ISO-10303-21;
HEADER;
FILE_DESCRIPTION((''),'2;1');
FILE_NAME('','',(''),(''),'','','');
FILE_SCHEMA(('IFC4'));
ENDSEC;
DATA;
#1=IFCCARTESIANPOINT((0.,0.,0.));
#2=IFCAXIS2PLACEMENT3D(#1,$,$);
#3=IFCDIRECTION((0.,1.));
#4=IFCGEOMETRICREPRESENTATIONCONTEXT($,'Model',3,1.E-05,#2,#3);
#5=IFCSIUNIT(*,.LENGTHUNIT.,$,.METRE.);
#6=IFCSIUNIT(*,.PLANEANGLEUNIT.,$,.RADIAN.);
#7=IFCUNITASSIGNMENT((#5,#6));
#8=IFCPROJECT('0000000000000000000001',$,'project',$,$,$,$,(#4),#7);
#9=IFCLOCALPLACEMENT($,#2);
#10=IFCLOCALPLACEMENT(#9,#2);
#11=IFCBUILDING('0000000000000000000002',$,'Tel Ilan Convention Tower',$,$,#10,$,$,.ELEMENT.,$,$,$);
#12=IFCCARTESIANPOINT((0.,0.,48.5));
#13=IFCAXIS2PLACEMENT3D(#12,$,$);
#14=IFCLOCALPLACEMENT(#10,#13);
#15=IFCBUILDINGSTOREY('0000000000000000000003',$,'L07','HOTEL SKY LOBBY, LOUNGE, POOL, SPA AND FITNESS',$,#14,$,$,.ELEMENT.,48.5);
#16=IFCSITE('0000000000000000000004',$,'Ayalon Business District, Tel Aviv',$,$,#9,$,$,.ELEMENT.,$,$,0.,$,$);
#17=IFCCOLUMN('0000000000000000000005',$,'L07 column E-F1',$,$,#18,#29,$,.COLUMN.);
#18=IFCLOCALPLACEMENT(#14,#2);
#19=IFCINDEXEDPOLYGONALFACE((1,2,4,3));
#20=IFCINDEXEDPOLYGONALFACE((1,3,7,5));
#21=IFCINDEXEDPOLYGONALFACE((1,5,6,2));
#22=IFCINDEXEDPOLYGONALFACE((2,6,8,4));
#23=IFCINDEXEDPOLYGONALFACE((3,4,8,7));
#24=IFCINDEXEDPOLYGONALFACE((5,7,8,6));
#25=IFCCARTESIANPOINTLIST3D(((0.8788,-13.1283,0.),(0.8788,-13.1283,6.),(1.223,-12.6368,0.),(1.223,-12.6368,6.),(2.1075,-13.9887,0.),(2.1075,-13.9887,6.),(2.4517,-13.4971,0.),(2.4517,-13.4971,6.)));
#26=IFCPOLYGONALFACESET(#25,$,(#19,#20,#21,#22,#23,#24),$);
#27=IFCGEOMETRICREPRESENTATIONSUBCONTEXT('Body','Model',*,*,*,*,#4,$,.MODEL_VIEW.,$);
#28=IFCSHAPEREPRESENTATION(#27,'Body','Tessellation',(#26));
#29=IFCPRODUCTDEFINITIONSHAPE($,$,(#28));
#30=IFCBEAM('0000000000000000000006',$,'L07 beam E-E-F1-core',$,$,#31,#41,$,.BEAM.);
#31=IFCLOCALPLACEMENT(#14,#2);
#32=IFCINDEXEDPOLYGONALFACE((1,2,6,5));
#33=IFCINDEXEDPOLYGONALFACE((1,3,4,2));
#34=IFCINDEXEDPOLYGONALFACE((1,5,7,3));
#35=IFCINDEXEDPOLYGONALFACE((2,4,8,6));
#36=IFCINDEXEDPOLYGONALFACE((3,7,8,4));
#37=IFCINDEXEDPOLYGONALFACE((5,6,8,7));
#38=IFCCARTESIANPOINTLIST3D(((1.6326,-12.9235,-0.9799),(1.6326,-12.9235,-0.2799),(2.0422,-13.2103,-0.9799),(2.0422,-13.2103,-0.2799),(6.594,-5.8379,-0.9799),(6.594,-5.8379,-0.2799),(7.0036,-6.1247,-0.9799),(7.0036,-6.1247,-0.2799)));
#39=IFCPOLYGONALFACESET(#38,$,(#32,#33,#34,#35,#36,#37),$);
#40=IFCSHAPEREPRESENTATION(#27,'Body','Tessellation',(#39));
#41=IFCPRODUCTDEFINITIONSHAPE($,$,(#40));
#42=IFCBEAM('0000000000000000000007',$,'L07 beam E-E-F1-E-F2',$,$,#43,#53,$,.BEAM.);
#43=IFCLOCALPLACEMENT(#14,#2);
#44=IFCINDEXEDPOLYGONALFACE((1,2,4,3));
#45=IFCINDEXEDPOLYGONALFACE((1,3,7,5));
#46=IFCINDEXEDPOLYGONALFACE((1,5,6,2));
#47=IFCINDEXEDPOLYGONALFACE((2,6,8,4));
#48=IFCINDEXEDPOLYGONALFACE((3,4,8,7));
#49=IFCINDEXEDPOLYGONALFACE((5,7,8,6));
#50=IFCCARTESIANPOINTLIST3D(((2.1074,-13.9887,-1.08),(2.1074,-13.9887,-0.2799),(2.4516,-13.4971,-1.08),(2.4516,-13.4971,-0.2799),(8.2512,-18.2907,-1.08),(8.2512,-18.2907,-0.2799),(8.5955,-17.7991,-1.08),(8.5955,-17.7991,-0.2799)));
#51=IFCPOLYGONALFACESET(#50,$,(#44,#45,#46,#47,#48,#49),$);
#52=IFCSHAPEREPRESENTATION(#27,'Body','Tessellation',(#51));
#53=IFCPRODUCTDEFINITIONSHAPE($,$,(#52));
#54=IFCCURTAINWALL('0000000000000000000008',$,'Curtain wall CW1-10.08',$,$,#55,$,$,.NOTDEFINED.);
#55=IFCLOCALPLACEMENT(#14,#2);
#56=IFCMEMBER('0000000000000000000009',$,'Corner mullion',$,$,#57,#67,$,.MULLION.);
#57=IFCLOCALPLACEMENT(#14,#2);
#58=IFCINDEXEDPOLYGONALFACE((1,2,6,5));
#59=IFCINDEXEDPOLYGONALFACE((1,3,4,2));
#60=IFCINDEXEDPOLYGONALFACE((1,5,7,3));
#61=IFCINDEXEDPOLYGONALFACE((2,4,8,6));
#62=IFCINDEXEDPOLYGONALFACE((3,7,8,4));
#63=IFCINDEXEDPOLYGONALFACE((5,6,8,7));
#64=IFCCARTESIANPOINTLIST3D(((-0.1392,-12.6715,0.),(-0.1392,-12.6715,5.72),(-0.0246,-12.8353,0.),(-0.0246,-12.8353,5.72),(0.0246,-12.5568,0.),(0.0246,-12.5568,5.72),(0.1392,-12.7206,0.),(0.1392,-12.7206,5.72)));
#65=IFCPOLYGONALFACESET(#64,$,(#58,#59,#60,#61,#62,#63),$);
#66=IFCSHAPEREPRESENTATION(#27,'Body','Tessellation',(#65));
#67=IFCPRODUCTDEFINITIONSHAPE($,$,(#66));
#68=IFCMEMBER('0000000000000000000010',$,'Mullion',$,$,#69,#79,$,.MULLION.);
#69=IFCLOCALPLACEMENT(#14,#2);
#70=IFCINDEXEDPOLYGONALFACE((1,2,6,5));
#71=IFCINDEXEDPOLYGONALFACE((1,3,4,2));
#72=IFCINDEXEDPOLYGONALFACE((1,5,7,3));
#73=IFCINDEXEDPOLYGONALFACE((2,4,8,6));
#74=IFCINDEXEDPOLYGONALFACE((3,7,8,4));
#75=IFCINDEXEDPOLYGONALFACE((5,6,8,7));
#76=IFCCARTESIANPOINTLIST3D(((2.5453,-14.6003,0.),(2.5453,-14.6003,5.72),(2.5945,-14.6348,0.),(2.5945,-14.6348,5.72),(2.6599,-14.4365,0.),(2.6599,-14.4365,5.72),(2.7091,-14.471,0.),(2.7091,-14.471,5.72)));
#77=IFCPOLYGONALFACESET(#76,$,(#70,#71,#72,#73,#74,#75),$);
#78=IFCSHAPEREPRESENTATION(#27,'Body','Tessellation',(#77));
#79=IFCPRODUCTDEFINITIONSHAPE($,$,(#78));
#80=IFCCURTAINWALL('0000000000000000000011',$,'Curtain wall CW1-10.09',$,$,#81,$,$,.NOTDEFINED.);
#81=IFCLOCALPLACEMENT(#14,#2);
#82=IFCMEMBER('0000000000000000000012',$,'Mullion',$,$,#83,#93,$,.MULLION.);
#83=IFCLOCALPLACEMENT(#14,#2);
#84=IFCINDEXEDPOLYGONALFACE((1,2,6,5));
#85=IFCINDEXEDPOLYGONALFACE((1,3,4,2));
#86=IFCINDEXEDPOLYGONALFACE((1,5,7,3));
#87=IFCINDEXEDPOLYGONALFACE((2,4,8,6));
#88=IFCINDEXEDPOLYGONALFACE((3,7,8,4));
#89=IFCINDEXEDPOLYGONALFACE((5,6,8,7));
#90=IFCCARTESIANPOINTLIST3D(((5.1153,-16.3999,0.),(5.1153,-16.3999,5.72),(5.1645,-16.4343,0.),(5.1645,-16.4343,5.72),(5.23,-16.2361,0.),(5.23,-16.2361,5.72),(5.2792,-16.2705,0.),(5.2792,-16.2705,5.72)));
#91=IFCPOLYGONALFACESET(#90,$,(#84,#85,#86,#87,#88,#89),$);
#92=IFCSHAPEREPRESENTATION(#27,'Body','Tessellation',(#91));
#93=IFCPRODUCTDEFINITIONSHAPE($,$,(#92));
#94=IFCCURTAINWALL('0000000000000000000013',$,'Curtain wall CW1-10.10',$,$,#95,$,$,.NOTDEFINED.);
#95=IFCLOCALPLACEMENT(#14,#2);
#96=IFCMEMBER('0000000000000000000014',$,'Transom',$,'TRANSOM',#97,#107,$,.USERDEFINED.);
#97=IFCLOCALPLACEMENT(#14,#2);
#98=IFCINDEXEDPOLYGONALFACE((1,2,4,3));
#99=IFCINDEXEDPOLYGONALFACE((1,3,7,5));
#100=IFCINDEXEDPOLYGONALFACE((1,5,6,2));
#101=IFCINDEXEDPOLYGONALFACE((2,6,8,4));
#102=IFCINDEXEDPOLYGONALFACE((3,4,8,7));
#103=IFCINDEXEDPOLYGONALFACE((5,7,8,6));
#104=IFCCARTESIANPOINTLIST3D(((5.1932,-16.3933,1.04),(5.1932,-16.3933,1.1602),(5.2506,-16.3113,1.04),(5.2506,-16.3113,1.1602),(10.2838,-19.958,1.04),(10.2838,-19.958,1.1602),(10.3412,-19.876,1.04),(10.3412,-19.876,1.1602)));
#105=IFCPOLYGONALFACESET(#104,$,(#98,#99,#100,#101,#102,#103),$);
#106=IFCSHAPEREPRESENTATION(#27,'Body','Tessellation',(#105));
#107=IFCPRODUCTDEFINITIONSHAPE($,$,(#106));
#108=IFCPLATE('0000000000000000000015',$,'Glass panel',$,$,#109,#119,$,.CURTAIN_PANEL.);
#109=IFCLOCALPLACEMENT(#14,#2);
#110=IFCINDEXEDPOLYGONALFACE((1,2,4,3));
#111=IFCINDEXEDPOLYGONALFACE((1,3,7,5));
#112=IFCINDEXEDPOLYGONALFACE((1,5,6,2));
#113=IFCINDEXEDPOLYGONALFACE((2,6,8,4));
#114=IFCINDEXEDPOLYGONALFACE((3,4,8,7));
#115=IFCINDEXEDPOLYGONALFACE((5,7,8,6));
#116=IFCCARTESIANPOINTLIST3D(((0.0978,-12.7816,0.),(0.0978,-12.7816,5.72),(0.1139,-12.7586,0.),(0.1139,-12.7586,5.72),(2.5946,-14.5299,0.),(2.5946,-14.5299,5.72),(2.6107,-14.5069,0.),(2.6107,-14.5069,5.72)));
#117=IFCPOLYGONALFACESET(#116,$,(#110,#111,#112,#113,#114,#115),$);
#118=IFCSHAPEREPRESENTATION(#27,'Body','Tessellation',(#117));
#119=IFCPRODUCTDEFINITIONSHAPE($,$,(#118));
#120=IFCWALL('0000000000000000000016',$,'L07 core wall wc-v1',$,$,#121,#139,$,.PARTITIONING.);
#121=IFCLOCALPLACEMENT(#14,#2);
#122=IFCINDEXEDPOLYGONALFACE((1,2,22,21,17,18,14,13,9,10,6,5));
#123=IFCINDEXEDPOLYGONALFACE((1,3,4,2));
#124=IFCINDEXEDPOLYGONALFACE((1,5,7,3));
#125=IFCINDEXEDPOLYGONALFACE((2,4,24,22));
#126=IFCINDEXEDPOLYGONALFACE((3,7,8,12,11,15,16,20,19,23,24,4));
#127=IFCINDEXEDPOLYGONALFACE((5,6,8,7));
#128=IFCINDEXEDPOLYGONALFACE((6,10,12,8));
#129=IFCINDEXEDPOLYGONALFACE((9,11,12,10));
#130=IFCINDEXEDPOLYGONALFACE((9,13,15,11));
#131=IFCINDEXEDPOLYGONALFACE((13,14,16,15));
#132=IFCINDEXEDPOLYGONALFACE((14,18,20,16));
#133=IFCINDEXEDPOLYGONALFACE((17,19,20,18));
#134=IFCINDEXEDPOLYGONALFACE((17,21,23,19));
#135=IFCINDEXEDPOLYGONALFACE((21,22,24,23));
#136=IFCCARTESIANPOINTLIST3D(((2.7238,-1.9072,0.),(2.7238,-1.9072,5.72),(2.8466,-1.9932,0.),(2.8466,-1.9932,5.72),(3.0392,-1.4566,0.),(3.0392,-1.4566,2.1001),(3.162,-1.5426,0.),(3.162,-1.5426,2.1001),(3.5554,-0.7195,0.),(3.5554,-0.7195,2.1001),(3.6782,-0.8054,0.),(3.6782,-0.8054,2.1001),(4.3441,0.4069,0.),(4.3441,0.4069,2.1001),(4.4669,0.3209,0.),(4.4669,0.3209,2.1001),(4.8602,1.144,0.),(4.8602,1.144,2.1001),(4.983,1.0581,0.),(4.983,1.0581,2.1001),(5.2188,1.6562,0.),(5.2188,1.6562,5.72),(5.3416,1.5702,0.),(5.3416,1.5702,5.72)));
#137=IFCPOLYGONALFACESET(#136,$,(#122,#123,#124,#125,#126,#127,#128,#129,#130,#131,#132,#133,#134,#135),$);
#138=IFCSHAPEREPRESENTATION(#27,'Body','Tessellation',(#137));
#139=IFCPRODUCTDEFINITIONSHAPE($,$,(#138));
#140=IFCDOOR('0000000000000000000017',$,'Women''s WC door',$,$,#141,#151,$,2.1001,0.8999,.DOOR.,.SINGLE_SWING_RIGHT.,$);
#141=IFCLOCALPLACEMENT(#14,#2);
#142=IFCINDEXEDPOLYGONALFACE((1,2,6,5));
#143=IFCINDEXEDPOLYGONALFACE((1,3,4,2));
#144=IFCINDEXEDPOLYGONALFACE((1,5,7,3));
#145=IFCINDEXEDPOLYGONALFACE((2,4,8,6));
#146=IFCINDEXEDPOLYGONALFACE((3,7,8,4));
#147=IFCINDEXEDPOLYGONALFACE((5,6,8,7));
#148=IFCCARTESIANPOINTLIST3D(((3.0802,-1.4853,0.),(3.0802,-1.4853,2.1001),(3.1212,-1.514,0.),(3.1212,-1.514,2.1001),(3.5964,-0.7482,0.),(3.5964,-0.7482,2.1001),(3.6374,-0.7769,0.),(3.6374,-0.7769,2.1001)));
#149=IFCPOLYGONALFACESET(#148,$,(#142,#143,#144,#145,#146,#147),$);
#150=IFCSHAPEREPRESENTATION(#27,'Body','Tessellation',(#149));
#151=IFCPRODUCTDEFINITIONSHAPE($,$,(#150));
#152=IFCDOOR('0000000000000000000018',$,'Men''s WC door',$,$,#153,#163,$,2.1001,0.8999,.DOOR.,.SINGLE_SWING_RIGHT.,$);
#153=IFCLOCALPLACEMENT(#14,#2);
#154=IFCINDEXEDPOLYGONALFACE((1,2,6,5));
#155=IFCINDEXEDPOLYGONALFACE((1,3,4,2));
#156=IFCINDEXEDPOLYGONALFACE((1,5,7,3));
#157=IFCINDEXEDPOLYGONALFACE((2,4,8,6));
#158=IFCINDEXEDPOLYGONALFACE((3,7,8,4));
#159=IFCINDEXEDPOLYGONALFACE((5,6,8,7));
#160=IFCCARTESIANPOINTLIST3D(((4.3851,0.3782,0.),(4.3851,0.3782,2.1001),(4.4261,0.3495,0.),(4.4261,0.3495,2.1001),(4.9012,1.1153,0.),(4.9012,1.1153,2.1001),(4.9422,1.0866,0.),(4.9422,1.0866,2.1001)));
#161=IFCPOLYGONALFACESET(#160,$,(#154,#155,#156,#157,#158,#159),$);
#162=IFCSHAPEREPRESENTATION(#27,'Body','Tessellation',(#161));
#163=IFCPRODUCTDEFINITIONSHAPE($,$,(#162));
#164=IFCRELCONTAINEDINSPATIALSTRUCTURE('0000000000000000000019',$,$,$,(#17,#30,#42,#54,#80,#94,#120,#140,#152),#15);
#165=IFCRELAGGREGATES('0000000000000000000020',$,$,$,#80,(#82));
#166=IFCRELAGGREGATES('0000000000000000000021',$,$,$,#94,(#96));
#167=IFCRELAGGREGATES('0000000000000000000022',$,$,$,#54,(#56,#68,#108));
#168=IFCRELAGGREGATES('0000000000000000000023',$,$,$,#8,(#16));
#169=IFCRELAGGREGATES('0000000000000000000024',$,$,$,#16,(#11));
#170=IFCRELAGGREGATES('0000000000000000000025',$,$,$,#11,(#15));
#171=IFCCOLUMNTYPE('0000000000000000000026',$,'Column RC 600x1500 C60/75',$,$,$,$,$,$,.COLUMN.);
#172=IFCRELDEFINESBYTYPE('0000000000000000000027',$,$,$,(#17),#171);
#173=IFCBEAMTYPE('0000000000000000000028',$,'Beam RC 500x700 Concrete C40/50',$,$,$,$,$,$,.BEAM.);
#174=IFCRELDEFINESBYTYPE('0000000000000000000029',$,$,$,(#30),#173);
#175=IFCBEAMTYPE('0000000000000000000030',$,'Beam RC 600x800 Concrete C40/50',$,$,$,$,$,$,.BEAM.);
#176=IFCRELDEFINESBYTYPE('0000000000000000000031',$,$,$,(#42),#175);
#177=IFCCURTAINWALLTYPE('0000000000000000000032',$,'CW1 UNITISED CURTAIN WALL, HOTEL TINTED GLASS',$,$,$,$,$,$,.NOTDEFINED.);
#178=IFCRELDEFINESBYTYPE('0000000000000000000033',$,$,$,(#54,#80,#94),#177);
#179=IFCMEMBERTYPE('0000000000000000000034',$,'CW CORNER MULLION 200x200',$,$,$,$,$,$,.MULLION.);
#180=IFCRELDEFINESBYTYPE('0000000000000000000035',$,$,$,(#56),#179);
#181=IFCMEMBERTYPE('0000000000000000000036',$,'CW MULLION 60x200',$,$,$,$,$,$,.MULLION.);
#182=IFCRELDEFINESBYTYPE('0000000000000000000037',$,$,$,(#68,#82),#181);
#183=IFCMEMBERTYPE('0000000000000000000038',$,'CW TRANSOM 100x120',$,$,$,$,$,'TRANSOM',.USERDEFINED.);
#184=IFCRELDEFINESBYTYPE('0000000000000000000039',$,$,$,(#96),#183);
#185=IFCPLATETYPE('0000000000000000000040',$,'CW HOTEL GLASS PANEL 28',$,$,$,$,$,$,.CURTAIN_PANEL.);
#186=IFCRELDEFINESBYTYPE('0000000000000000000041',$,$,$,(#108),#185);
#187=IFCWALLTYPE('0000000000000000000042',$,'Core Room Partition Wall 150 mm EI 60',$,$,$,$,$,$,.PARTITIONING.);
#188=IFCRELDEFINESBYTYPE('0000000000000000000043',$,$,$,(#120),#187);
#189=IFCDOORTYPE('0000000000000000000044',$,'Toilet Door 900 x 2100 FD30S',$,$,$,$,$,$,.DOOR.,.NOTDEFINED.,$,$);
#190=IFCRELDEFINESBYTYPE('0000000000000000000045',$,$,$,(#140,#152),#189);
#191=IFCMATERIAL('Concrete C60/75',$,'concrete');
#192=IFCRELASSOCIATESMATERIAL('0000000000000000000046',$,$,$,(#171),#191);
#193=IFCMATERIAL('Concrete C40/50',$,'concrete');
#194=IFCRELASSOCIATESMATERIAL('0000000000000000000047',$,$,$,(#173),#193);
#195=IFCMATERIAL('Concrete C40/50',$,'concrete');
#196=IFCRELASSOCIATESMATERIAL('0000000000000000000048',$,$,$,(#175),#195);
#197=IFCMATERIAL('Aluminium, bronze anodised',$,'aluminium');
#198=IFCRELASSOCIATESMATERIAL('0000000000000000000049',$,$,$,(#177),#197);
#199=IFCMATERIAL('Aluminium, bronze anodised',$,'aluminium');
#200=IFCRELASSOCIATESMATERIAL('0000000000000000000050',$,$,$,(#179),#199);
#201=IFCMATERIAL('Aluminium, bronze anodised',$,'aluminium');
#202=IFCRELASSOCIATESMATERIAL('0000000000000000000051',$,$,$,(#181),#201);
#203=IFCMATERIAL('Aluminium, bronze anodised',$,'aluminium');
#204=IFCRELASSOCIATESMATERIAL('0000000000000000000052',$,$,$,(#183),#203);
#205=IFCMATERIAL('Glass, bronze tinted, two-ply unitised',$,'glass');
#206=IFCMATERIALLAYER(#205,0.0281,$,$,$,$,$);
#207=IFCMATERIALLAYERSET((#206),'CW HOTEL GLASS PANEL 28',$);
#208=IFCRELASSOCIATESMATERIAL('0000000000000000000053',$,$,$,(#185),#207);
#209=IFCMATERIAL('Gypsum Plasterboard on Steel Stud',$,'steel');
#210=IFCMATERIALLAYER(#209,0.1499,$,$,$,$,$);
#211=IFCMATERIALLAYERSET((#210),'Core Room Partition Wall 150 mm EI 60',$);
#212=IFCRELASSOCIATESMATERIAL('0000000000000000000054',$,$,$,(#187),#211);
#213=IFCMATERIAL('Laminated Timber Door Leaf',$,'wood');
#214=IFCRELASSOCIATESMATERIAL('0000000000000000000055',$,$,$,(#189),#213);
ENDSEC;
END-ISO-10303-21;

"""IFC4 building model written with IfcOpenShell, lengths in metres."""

from ifc_helpers import new_model, si_unit, direction, frame, frame_2d, origin, origin_2d, place, context, subcontext, project, spatial, rectangle, extrude, material, layer, layer_set, material_profile, profile_set, type_object, element, fill, aggregate, save


model = new_model("IFC4")

# Units and contexts
model_context = context("Model", 3, precision=1e-05, world=origin(), true_north=direction((0.0, 1.0)))
body_context = subcontext(model_context, "Body", "Model", "MODEL_VIEW")
ifc_project = project(units=[si_unit("LENGTHUNIT", "METRE"), si_unit("PLANEANGLEUNIT", "RADIAN")], contexts=[model_context])

# Site, building, storey
site_placement = place(None, origin())
site = spatial("IfcSite", under=ifc_project, at=site_placement, Name="Ayalon Business District, Tel Aviv", CompositionType="ELEMENT", RefElevation=0.0)
building_placement = place(site_placement, origin())
building = spatial("IfcBuilding", under=site, at=building_placement, Name="Tel Ilan Convention Tower", CompositionType="ELEMENT")
storey_placement = place(building_placement, frame((0.0, 0.0, 48.5)))
storey = spatial("IfcBuildingStorey", under=building, at=storey_placement, Name="L07", Description="HOTEL SKY LOBBY, LOUNGE, POOL, SPA AND FITNESS", CompositionType="ELEMENT", Elevation=48.5)

# Column
ifc_material_1 = material(Name="Concrete C60/75", Category="concrete")
ifc_material_profile_1 = material_profile(ifc_material_1, rectangle(XDim=1.5, YDim=0.6001, at=origin_2d()), Name="RC 600x1500")
ifc_profile_set_1 = profile_set([ifc_material_profile_1], Name="Concrete C60/75")
column_type = type_object("IfcColumnType", Name="Column RC 600x1500 C60/75", PredefinedType="COLUMN", material=ifc_profile_set_1)
column_placement = place(storey_placement, frame((1.6653, -13.3127, 0.0), z_axis=(0.0, 0.0, 1.0), x_axis=(0.819152, -0.573576, 0.0)))
element("IfcColumn", 1, at=column_placement, inside=storey, type_object=column_type, Name="L07 column E-F1", PredefinedType="COLUMN", context=body_context, shape_type="SweptSolid", body=[
    extrude(rectangle(XDim=1.5, YDim=0.6001, at=origin_2d()), origin(), (0.0, 0.0, 1.0), 6.0),
])

# Beams
ifc_material_2 = material(Name="Concrete C40/50", Category="concrete")
ifc_material_profile_2 = material_profile(ifc_material_2, rectangle(XDim=0.5, YDim=0.7, at=origin_2d()), Name="RC 500x700")
ifc_profile_set_2 = profile_set([ifc_material_profile_2], Name="Concrete C40/50")
beam_type_1 = type_object("IfcBeamType", Name="Beam RC 500x700 Concrete C40/50", PredefinedType="BEAM", material=ifc_profile_set_2)
beam_1_placement = place(storey_placement, frame((1.8374, -13.0669, -0.6299), z_axis=(0.573574, 0.819154, 0.0), x_axis=(-0.819154, 0.573574, 0.0)))
element("IfcBeam", 2, at=beam_1_placement, inside=storey, type_object=beam_type_1, Name="L07 beam E-E-F1-core", PredefinedType="BEAM", context=body_context, shape_type="SweptSolid", body=[
    extrude(rectangle(XDim=0.5, YDim=0.7, at=origin_2d()), origin(), (0.0, 0.0, 1.0), 8.6499),
])
ifc_material_3 = material(Name="Concrete C40/50", Category="concrete")
ifc_material_profile_3 = material_profile(ifc_material_3, rectangle(XDim=0.6001, YDim=0.8, at=origin_2d()), Name="RC 600x800")
ifc_profile_set_3 = profile_set([ifc_material_profile_3], Name="Concrete C40/50")
beam_type_2 = type_object("IfcBeamType", Name="Beam RC 600x800 Concrete C40/50", PredefinedType="BEAM", material=ifc_profile_set_3)
beam_2_placement = place(storey_placement, frame((2.2795, -13.7429, -0.6799), z_axis=(0.819148, -0.573582, 0.0), x_axis=(0.573582, 0.819148, 0.0)))
element("IfcBeam", 3, at=beam_2_placement, inside=storey, type_object=beam_type_2, Name="L07 beam E-E-F1-E-F2", PredefinedType="BEAM", context=body_context, shape_type="SweptSolid", body=[
    extrude(rectangle(XDim=0.6001, YDim=0.8, at=origin_2d()), origin(), (0.0, 0.0, 1.0), 7.5002),
])

# Curtain wall, members
ifc_material_4 = material(Name="Aluminium, bronze anodised", Category="aluminium")
curtain_wall_type = type_object("IfcCurtainWallType", Name="CW1 UNITISED CURTAIN WALL, HOTEL TINTED GLASS", PredefinedType="NOTDEFINED", material=ifc_material_4)
curtain_wall_1_placement = place(storey_placement, origin())
curtain_wall_1 = element("IfcCurtainWall", 4, at=curtain_wall_1_placement, inside=storey, type_object=curtain_wall_type, Name="Curtain wall CW1-10.08", PredefinedType="NOTDEFINED")
ifc_material_5 = material(Name="Aluminium, bronze anodised", Category="aluminium")
ifc_material_profile_4 = material_profile(ifc_material_5, rectangle(XDim=0.2, YDim=0.2, at=origin_2d()), Name="CW CORNER MULLION 200x200")
ifc_profile_set_4 = profile_set([ifc_material_profile_4], Name="Aluminium, bronze anodised")
member_type_1 = type_object("IfcMemberType", Name="CW CORNER MULLION 200x200", PredefinedType="MULLION", material=ifc_profile_set_4)
member_1_placement = place(storey_placement, frame((0.0, -12.696, 0.0), z_axis=(0.0, 0.0, 1.0), x_axis=(0.819152, 0.573576, 0.0)))
member_1 = element("IfcMember", 5, at=member_1_placement, type_object=member_type_1, Name="Corner mullion", PredefinedType="MULLION", context=body_context, shape_type="SweptSolid", body=[
    extrude(rectangle(XDim=0.2, YDim=0.2, at=origin_2d()), origin(), (0.0, 0.0, 1.0), 5.72),
])
ifc_material_6 = material(Name="Aluminium, bronze anodised", Category="aluminium")
ifc_material_profile_5 = material_profile(ifc_material_6, rectangle(XDim=0.0601, YDim=0.2, at=origin_2d()), Name="CW MULLION 60x200")
ifc_profile_set_5 = profile_set([ifc_material_profile_5], Name="Aluminium, bronze anodised")
member_type_2 = type_object("IfcMemberType", Name="CW MULLION 60x200", PredefinedType="MULLION", material=ifc_profile_set_5)
member_2_placement = place(storey_placement, frame((2.6272, -14.5356, 0.0), z_axis=(0.0, 0.0, 1.0), x_axis=(0.819152, -0.573576, 0.0)))
member_2 = element("IfcMember", 6, at=member_2_placement, type_object=member_type_2, Name="Mullion", PredefinedType="MULLION", context=body_context, shape_type="SweptSolid", body=[
    extrude(rectangle(XDim=0.0601, YDim=0.2, at=origin_2d()), origin(), (0.0, 0.0, 1.0), 5.72),
])

# Curtain walls, members
curtain_wall_2_placement = place(storey_placement, origin())
curtain_wall_2 = element("IfcCurtainWall", 7, at=curtain_wall_2_placement, inside=storey, type_object=curtain_wall_type, Name="Curtain wall CW1-10.09", PredefinedType="NOTDEFINED")
member_3_placement = place(storey_placement, frame((5.1973, -16.3352, 0.0), z_axis=(0.0, 0.0, 1.0), x_axis=(0.819152, -0.573576, 0.0)))
member_3 = element("IfcMember", 8, at=member_3_placement, type_object=member_type_2, Name="Mullion", PredefinedType="MULLION", context=body_context, shape_type="SweptSolid", body=[
    extrude(rectangle(XDim=0.0601, YDim=0.2, at=origin_2d()), origin(), (0.0, 0.0, 1.0), 5.72),
])
aggregate(curtain_wall_2, [member_3])
curtain_wall_3_placement = place(storey_placement, origin())
curtain_wall_3 = element("IfcCurtainWall", 9, at=curtain_wall_3_placement, inside=storey, type_object=curtain_wall_type, Name="Curtain wall CW1-10.10", PredefinedType="NOTDEFINED")
ifc_material_7 = material(Name="Aluminium, bronze anodised", Category="aluminium")
ifc_material_profile_6 = material_profile(ifc_material_7, rectangle(XDim=0.1001, YDim=0.1201, at=origin_2d()), Name="CW TRANSOM 100x120")
ifc_profile_set_6 = profile_set([ifc_material_profile_6], Name="Aluminium, bronze anodised")
member_type_3 = type_object("IfcMemberType", Name="CW TRANSOM 100x120", ElementType="TRANSOM", PredefinedType="USERDEFINED", material=ifc_profile_set_6)
member_4_placement = place(storey_placement, frame((5.2219, -16.3523, 1.1001), z_axis=(0.819134, -0.573602, 0.0), x_axis=(0.573602, 0.819134, 0.0)))
member_4 = element("IfcMember", 10, at=member_4_placement, type_object=member_type_3, Name="Transom", ObjectType="TRANSOM", PredefinedType="USERDEFINED", context=body_context, shape_type="SweptSolid", body=[
    extrude(rectangle(XDim=0.1001, YDim=0.1201, at=origin_2d()), origin(), (0.0, 0.0, 1.0), 6.2146),
])
aggregate(curtain_wall_3, [member_4])

# Plate
ifc_material_8 = material(Name="Glass, bronze tinted, two-ply unitised", Category="glass")
ifc_layer_1 = layer(ifc_material_8, 0.0281)
ifc_layer_set_1 = layer_set([ifc_layer_1], Name="CW HOTEL GLASS PANEL 28")
plate_type = type_object("IfcPlateType", Name="CW HOTEL GLASS PANEL 28", PredefinedType="CURTAIN_PANEL", material=ifc_layer_set_1)
plate_placement = place(storey_placement, frame((1.3542, -13.6443, 0.0), z_axis=(0.0, 0.0, 1.0), x_axis=(0.819152, -0.573576, 0.0)))
plate = element("IfcPlate", 11, at=plate_placement, type_object=plate_type, Name="Glass panel", PredefinedType="CURTAIN_PANEL", context=body_context, shape_type="SweptSolid", body=[
    extrude(rectangle(XDim=3.0481, YDim=0.0281, at=origin_2d()), origin(), (0.0, 0.0, 1.0), 5.72),
])
aggregate(curtain_wall_1, [member_1, member_2, plate])

# Wall, openings, doors
ifc_material_9 = material(Name="Gypsum Plasterboard on Steel Stud", Category="steel")
ifc_layer_2 = layer(ifc_material_9, 0.1499)
ifc_layer_set_2 = layer_set([ifc_layer_2], Name="Core Room Partition Wall 150 mm EI 60")
wall_type_1 = type_object("IfcWallType", Name="Core Room Partition Wall 150 mm EI 60", PredefinedType="PARTITIONING", material=ifc_layer_set_2)
wall_1_placement = place(storey_placement, frame((2.7852, -1.9502, 0.0), z_axis=(0.0, 0.0, 1.0), x_axis=(0.573568, 0.819158, 0.0)))
wall_1 = element("IfcWall", 12, at=wall_1_placement, inside=storey, type_object=wall_type_1, Name="L07 core wall wc-v1", PredefinedType="PARTITIONING", context=body_context, shape_type="SweptSolid", body=[
    extrude(rectangle(XDim=4.3501, YDim=0.1499, at=frame_2d((2.175, 0.0))), origin(), (0.0, 0.0, 1.0), 5.72),
])
opening_1_placement = place(wall_1_placement, frame((0.55, 0.0, 0.0)))
opening_1 = element("IfcOpeningElement", 13, at=opening_1_placement, cuts=wall_1, PredefinedType="OPENING", context=body_context, shape_type="SweptSolid", body=[
    extrude(rectangle(XDim=0.8999, YDim=2.1001, at=frame_2d((0.45, 1.05))), frame((0.0, 0.085, 0.0), z_axis=(0.0, -1.0, 0.0), x_axis=(1.0, 0.0, 0.0)), (0.0, 0.0, 1.0), 0.1699),
])
opening_2_placement = place(wall_1_placement, frame((2.825, 0.0, 0.0)))
opening_2 = element("IfcOpeningElement", 14, at=opening_2_placement, cuts=wall_1, PredefinedType="OPENING", context=body_context, shape_type="SweptSolid", body=[
    extrude(rectangle(XDim=0.8999, YDim=2.1001, at=frame_2d((0.45, 1.05))), frame((0.0, 0.085, 0.0), z_axis=(0.0, -1.0, 0.0), x_axis=(1.0, 0.0, 0.0)), (0.0, 0.0, 1.0), 0.1699),
])
ifc_material_10 = material(Name="Laminated Timber Door Leaf", Category="wood")
door_type_1 = type_object("IfcDoorType", Name="Toilet Door 900 x 2100 FD30S", OperationType="NOTDEFINED", PredefinedType="DOOR", material=ifc_material_10)
door_1_placement = place(opening_1_placement, origin())
door_1 = element("IfcDoor", 15, at=door_1_placement, inside=storey, type_object=door_type_1, Name="Women's WC door", OperationType="SINGLE_SWING_RIGHT", OverallHeight=2.1001, OverallWidth=0.8999, PredefinedType="DOOR", context=body_context, shape_type="SweptSolid", body=[
    extrude(rectangle(XDim=0.8999, YDim=2.1001, at=frame_2d((0.45, 1.05))), frame((0.0, 0.0249, 0.0), z_axis=(0.0, -1.0, 0.0), x_axis=(1.0, 0.0, 0.0)), (0.0, 0.0, 1.0), 0.05),
])
fill(opening_1, door_1)
door_2_placement = place(opening_2_placement, origin())
door_2 = element("IfcDoor", 16, at=door_2_placement, inside=storey, type_object=door_type_1, Name="Men's WC door", OperationType="SINGLE_SWING_RIGHT", OverallHeight=2.1001, OverallWidth=0.8999, PredefinedType="DOOR", context=body_context, shape_type="SweptSolid", body=[
    extrude(rectangle(XDim=0.8999, YDim=2.1001, at=frame_2d((0.45, 1.05))), frame((0.0, 0.0249, 0.0), z_axis=(0.0, -1.0, 0.0), x_axis=(1.0, 0.0, 0.0)), (0.0, 0.0, 1.0), 0.05),
])
fill(opening_2, door_2)

save(model, "model.ifc")
